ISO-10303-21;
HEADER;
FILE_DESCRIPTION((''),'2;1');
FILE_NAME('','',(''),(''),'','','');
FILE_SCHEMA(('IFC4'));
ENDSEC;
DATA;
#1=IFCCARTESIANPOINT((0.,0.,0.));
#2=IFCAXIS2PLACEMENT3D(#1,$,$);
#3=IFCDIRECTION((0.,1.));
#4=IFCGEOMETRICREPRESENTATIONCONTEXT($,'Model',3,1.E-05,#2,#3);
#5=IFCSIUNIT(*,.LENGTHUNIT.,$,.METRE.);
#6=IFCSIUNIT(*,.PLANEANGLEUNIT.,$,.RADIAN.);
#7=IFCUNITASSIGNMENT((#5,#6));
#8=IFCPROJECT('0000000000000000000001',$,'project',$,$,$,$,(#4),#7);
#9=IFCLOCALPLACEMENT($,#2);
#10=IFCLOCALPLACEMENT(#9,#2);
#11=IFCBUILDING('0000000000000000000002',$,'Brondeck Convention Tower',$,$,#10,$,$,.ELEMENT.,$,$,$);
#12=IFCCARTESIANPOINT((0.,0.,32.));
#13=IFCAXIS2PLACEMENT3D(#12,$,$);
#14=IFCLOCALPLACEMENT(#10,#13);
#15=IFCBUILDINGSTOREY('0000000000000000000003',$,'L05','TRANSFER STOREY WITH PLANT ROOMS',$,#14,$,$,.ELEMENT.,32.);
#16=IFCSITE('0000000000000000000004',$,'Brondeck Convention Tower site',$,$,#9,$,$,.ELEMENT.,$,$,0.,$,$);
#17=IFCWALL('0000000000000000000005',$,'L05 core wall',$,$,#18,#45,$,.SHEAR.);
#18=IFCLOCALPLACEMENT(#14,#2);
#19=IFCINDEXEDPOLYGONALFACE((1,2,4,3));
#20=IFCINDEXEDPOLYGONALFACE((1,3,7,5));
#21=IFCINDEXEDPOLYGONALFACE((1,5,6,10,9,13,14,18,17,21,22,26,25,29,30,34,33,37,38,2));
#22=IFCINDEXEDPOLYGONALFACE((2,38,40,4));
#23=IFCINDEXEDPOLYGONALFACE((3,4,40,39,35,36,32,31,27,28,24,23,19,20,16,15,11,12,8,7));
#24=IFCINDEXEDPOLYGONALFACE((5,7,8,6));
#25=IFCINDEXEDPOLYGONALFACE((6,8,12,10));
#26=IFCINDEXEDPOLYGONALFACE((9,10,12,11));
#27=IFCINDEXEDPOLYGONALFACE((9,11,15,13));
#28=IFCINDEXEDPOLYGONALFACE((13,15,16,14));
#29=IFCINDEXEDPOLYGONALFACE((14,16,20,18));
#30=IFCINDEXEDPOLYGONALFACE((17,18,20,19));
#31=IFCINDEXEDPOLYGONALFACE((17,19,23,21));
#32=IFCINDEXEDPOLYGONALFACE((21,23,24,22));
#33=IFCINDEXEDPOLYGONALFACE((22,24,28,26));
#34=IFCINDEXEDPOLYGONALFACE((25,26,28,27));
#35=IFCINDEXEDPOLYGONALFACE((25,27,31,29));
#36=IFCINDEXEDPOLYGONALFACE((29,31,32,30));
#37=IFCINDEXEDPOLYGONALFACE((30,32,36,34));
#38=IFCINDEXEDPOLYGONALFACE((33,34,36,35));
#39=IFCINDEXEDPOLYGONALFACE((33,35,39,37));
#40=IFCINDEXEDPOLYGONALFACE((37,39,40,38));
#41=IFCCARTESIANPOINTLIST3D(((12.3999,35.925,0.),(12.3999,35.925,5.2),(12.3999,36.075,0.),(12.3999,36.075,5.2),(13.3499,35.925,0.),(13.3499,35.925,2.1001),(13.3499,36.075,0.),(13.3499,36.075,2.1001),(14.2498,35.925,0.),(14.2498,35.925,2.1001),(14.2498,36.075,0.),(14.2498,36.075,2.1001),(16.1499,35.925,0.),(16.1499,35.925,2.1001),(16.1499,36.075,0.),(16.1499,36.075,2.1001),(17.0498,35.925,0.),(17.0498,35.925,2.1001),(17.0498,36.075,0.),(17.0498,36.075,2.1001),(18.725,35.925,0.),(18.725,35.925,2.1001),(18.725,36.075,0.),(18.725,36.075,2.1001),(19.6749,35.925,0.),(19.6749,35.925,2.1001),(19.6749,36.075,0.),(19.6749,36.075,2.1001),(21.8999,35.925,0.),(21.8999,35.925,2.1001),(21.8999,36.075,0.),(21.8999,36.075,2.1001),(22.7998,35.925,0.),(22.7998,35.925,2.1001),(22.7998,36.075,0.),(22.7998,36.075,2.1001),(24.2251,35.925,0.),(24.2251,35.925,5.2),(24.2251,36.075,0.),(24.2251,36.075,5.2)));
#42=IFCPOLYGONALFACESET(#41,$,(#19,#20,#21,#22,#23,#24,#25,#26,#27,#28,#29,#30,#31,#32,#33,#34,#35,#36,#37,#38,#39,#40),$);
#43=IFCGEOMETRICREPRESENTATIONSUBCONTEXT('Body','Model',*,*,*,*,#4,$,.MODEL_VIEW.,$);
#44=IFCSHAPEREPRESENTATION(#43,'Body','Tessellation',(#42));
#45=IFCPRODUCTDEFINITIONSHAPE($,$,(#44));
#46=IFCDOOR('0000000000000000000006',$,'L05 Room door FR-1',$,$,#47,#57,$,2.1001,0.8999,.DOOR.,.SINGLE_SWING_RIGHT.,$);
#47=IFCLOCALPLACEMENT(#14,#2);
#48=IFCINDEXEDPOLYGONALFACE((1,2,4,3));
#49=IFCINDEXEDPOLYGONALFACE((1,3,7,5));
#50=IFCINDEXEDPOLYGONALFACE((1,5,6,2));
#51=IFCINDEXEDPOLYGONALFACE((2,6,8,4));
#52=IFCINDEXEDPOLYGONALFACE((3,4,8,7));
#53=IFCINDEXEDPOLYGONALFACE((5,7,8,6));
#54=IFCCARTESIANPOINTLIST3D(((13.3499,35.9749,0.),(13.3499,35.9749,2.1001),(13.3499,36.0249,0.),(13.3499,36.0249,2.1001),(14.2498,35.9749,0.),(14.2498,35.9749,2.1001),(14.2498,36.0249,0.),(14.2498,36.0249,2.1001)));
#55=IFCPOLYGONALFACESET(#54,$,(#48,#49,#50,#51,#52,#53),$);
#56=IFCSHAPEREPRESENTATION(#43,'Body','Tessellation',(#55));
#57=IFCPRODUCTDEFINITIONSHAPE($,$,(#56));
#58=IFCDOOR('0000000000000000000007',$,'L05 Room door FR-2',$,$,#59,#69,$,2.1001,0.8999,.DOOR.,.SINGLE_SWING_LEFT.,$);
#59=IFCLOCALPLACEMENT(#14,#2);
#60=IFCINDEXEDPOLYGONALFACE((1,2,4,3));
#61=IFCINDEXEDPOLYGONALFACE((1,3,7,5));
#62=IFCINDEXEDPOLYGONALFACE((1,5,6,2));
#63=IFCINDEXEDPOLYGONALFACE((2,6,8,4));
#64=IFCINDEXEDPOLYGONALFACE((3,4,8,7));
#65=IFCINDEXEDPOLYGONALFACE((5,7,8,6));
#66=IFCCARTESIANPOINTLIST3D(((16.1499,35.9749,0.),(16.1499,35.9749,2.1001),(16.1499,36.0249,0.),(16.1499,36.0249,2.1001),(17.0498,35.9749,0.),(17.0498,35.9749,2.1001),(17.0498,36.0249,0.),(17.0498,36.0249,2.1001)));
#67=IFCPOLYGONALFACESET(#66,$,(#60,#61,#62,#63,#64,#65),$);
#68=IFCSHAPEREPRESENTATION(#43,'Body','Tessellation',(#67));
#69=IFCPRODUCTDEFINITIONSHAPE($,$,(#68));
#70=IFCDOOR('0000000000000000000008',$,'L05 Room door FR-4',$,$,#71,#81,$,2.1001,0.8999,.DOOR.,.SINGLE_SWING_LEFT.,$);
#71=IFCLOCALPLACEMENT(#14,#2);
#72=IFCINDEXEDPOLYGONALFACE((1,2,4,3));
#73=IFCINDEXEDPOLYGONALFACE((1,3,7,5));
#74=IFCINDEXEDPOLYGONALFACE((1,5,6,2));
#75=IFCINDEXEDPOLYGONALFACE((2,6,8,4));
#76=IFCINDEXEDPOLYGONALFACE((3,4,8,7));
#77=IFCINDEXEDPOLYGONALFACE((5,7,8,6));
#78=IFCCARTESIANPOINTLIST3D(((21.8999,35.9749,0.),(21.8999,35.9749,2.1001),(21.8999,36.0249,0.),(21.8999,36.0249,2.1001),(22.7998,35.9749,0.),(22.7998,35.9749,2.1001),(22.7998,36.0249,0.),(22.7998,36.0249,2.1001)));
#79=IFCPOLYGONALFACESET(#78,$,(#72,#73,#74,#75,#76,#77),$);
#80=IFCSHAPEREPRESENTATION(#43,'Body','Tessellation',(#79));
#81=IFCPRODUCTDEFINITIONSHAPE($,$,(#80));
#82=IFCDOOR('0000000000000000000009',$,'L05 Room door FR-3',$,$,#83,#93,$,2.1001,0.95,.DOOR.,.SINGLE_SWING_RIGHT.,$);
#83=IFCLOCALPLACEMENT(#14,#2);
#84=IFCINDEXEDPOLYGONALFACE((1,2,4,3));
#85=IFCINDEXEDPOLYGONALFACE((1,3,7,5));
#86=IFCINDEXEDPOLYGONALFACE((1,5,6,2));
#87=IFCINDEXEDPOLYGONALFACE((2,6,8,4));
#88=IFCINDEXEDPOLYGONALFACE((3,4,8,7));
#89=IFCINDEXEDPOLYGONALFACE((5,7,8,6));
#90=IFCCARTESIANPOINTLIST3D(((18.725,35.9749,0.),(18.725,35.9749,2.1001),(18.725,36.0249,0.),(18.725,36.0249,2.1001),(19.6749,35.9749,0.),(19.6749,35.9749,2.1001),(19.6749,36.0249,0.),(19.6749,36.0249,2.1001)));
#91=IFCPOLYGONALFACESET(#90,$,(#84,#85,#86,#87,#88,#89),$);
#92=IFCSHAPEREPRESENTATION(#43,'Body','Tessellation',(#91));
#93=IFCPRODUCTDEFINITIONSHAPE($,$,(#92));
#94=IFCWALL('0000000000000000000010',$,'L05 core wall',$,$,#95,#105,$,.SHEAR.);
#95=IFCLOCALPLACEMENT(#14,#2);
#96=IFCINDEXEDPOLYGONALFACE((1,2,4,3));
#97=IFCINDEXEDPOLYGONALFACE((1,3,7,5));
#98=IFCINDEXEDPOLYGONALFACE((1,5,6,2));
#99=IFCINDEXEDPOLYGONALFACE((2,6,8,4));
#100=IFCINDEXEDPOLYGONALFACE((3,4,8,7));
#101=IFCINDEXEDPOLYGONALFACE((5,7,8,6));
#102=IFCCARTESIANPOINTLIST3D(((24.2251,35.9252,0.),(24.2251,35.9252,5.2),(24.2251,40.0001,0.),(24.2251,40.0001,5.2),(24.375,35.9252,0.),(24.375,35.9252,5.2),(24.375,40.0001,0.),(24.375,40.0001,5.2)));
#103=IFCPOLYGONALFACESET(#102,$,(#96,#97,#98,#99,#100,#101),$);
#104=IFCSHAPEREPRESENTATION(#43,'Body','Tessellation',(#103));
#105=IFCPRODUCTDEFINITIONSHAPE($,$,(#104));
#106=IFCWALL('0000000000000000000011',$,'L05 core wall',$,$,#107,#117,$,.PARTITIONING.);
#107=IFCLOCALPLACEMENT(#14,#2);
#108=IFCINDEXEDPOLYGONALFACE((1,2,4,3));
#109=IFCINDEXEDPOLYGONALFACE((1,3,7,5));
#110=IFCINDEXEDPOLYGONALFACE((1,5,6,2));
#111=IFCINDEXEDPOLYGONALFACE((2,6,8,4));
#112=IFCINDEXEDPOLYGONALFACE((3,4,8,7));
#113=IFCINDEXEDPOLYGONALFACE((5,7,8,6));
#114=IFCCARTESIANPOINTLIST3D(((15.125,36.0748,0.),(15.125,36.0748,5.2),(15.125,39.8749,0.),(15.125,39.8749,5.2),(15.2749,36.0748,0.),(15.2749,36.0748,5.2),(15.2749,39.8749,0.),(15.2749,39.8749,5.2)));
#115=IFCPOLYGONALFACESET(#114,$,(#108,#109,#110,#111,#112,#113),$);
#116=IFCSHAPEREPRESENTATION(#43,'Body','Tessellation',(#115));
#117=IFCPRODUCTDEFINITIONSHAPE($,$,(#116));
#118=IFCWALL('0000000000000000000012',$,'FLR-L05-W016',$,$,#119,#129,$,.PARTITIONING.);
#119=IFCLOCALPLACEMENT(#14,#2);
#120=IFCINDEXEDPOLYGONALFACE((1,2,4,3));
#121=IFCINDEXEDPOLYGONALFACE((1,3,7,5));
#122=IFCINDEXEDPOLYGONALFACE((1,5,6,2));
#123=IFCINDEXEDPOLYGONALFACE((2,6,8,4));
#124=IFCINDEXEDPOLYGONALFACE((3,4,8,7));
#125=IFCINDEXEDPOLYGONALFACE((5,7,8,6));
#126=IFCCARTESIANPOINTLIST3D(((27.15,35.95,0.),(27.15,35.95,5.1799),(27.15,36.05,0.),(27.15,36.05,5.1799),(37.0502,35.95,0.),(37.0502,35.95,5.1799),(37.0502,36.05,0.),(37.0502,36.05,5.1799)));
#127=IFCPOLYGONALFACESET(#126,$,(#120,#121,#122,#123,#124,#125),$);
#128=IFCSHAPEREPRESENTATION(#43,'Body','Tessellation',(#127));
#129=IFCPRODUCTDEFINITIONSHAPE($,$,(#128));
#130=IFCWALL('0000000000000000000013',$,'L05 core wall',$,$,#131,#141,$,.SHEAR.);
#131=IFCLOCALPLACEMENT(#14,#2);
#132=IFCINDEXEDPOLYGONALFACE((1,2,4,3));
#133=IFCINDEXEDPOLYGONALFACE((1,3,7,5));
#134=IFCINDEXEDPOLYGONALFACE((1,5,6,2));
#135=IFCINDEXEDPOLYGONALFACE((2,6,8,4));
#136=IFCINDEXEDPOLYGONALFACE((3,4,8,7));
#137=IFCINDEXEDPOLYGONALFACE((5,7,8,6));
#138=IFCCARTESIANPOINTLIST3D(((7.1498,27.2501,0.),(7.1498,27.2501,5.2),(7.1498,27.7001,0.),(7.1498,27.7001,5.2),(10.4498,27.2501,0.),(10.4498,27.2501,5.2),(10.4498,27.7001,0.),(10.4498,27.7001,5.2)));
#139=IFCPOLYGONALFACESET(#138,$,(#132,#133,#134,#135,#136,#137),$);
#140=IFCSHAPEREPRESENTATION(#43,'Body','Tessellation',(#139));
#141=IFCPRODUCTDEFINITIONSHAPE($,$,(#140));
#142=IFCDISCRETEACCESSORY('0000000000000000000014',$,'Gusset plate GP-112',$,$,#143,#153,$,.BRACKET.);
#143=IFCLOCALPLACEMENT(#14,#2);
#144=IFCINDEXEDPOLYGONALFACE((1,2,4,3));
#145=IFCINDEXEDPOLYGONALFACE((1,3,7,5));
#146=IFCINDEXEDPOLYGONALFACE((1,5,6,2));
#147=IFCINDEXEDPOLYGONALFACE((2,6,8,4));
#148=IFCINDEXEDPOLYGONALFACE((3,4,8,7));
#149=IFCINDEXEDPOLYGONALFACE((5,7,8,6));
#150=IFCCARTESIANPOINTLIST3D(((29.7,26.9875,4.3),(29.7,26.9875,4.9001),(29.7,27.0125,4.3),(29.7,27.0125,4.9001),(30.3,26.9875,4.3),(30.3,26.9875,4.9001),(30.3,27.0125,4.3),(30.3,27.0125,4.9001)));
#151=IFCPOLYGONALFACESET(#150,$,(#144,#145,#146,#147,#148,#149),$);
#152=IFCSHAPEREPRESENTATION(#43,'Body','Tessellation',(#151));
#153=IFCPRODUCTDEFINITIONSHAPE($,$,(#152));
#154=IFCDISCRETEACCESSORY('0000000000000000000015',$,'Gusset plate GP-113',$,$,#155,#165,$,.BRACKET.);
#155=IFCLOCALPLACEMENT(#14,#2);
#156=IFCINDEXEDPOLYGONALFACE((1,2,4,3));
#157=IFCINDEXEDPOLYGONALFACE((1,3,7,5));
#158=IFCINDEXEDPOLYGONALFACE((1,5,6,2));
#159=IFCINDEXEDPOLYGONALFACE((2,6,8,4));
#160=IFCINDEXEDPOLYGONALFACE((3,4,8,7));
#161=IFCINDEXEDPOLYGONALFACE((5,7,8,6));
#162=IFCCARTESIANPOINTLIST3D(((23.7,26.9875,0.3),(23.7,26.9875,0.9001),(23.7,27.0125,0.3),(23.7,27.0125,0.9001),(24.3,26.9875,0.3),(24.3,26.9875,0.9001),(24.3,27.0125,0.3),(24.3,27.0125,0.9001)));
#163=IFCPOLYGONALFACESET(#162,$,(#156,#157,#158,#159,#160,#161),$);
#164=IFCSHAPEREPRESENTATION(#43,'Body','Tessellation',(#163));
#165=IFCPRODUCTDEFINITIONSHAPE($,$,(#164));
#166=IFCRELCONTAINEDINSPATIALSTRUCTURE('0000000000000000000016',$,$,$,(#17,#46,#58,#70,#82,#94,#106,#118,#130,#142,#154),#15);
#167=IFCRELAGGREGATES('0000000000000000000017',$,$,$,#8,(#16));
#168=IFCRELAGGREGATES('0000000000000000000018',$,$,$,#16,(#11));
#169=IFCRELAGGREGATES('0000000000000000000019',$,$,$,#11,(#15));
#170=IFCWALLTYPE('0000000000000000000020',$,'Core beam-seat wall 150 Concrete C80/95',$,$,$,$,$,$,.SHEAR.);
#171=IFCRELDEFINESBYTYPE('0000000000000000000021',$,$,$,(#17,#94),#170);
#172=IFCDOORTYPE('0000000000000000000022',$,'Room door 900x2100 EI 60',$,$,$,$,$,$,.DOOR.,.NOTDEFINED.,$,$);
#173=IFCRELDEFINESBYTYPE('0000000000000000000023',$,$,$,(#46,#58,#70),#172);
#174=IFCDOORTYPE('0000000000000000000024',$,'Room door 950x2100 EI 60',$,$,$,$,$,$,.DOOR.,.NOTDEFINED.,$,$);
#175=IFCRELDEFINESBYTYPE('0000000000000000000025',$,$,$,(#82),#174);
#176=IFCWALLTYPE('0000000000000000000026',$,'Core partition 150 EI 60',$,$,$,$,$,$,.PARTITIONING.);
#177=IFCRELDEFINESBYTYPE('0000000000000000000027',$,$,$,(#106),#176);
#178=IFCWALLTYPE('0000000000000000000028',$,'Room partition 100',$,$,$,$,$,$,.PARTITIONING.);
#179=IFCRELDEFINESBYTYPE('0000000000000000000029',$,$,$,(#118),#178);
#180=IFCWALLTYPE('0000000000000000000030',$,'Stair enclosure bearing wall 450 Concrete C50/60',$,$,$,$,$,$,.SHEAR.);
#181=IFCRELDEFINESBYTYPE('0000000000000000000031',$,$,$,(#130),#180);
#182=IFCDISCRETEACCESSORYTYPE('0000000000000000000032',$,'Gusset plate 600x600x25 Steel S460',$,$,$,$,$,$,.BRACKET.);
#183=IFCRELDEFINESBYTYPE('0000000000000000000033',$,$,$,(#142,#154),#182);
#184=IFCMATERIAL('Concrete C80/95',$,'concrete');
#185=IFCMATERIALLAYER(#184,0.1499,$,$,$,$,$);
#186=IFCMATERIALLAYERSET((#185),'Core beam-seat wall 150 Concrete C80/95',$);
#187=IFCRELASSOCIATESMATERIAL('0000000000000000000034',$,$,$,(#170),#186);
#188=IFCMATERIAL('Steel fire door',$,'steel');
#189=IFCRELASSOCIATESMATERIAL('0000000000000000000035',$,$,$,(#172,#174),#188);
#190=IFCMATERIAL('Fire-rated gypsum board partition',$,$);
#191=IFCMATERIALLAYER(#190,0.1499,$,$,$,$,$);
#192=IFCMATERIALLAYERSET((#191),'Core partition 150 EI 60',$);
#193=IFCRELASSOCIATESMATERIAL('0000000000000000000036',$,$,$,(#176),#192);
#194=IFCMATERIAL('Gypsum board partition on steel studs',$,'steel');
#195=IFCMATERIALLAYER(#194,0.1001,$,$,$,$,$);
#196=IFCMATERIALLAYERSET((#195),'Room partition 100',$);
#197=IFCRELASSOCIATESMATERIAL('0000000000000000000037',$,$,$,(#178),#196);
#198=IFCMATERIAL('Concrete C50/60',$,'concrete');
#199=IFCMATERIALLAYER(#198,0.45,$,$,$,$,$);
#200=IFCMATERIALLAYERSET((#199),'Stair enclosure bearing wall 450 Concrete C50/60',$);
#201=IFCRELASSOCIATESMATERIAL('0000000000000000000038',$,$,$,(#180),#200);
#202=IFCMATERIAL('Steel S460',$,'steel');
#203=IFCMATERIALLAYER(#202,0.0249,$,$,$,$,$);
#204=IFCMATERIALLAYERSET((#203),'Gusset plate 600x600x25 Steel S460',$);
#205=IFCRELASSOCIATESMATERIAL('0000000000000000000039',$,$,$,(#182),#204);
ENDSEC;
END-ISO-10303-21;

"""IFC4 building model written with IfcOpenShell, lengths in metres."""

from ifc_helpers import new_model, si_unit, direction, frame, frame_2d, origin, origin_2d, place, context, subcontext, project, spatial, rectangle, extrude, material, layer, layer_set, type_object, element, fill, save


model = new_model("IFC4")

# Units and contexts
model_context = context("Model", 3, precision=1e-05, world=origin(), true_north=direction((0.0, 1.0)))
body_context = subcontext(model_context, "Body", "Model", "MODEL_VIEW")
ifc_project = project(units=[si_unit("LENGTHUNIT", "METRE"), si_unit("PLANEANGLEUNIT", "RADIAN")], contexts=[model_context])

# Site, building, storey
site_placement = place(None, origin())
site = spatial("IfcSite", under=ifc_project, at=site_placement, Name="Brondeck Convention Tower site", CompositionType="ELEMENT", RefElevation=0.0)
building_placement = place(site_placement, origin())
building = spatial("IfcBuilding", under=site, at=building_placement, Name="Brondeck Convention Tower", CompositionType="ELEMENT")
storey_placement = place(building_placement, frame((0.0, 0.0, 32.0)))
storey = spatial("IfcBuildingStorey", under=building, at=storey_placement, Name="L05", Description="TRANSFER STOREY WITH PLANT ROOMS", CompositionType="ELEMENT", Elevation=32.0)

# Shared definitions
ifc_material_1 = material(Name="Steel S460", Category="steel")

# Shared definitions
ifc_material_2 = material(Name="Concrete C80/95", Category="concrete")

# Wall, openings, doors
ifc_layer_1 = layer(ifc_material_2, 0.1499)
ifc_layer_set_1 = layer_set([ifc_layer_1], Name="Core beam-seat wall 150 Concrete C80/95")
wall_type_1 = type_object("IfcWallType", Name="Core beam-seat wall 150 Concrete C80/95", PredefinedType="SHEAR", material=ifc_layer_set_1)
wall_1_placement = place(storey_placement, frame((12.3999, 36.0, 0.0), z_axis=(0.0, 0.0, 1.0), x_axis=(1.0, 0.0, 0.0)))
wall_1 = element("IfcWall", 1, at=wall_1_placement, inside=storey, type_object=wall_type_1, Name="L05 core wall", PredefinedType="SHEAR", context=body_context, shape_type="SweptSolid", body=[
    extrude(rectangle(XDim=11.8252, YDim=0.1499, at=frame_2d((5.9126, 0.0))), origin(), (0.0, 0.0, 1.0), 5.2),
])
opening_1_placement = place(wall_1_placement, frame((0.95, 0.0, 0.0)))
opening_1 = element("IfcOpeningElement", 2, at=opening_1_placement, cuts=wall_1, PredefinedType="OPENING", context=body_context, shape_type="SweptSolid", body=[
    extrude(rectangle(XDim=0.8999, YDim=2.1001, at=frame_2d((0.45, 1.05))), frame((0.0, 0.085, 0.0), z_axis=(0.0, -1.0, 0.0), x_axis=(1.0, 0.0, 0.0)), (0.0, 0.0, 1.0), 0.1699),
])
opening_2_placement = place(wall_1_placement, frame((3.75, 0.0, 0.0)))
opening_2 = element("IfcOpeningElement", 3, at=opening_2_placement, cuts=wall_1, PredefinedType="OPENING", context=body_context, shape_type="SweptSolid", body=[
    extrude(rectangle(XDim=0.8999, YDim=2.1001, at=frame_2d((0.45, 1.05))), frame((0.0, 0.085, 0.0), z_axis=(0.0, -1.0, 0.0), x_axis=(1.0, 0.0, 0.0)), (0.0, 0.0, 1.0), 0.1699),
])
opening_3_placement = place(wall_1_placement, frame((6.325, 0.0, 0.0)))
opening_3 = element("IfcOpeningElement", 4, at=opening_3_placement, cuts=wall_1, PredefinedType="OPENING", context=body_context, shape_type="SweptSolid", body=[
    extrude(rectangle(XDim=0.95, YDim=2.1001, at=frame_2d((0.4751, 1.05))), frame((0.0, 0.085, 0.0), z_axis=(0.0, -1.0, 0.0), x_axis=(1.0, 0.0, 0.0)), (0.0, 0.0, 1.0), 0.1699),
])
opening_4_placement = place(wall_1_placement, frame((9.5, 0.0, 0.0)))
opening_4 = element("IfcOpeningElement", 5, at=opening_4_placement, cuts=wall_1, PredefinedType="OPENING", context=body_context, shape_type="SweptSolid", body=[
    extrude(rectangle(XDim=0.8999, YDim=2.1001, at=frame_2d((0.45, 1.05))), frame((0.0, 0.085, 0.0), z_axis=(0.0, -1.0, 0.0), x_axis=(1.0, 0.0, 0.0)), (0.0, 0.0, 1.0), 0.1699),
])
ifc_material_3 = material(Name="Steel fire door", Category="steel")
door_type_1 = type_object("IfcDoorType", Name="Room door 900x2100 EI 60", OperationType="NOTDEFINED", PredefinedType="DOOR", material=ifc_material_3)
door_1_placement = place(opening_1_placement, origin())
door_1 = element("IfcDoor", 6, at=door_1_placement, inside=storey, type_object=door_type_1, Name="L05 Room door FR-1", OperationType="SINGLE_SWING_RIGHT", OverallHeight=2.1001, OverallWidth=0.8999, PredefinedType="DOOR", context=body_context, shape_type="SweptSolid", body=[
    extrude(rectangle(XDim=0.8999, YDim=2.1001, at=frame_2d((0.45, 1.05))), frame((0.0, 0.0249, 0.0), z_axis=(0.0, -1.0, 0.0), x_axis=(1.0, 0.0, 0.0)), (0.0, 0.0, 1.0), 0.05),
])
fill(opening_1, door_1)
door_2_placement = place(opening_2_placement, origin())
door_2 = element("IfcDoor", 7, at=door_2_placement, inside=storey, type_object=door_type_1, Name="L05 Room door FR-2", OperationType="SINGLE_SWING_LEFT", OverallHeight=2.1001, OverallWidth=0.8999, PredefinedType="DOOR", context=body_context, shape_type="SweptSolid", body=[
    extrude(rectangle(XDim=0.8999, YDim=2.1001, at=frame_2d((0.45, 1.05))), frame((0.0, 0.0249, 0.0), z_axis=(0.0, -1.0, 0.0), x_axis=(1.0, 0.0, 0.0)), (0.0, 0.0, 1.0), 0.05),
])
fill(opening_2, door_2)
door_3_placement = place(opening_4_placement, origin())
door_3 = element("IfcDoor", 8, at=door_3_placement, inside=storey, type_object=door_type_1, Name="L05 Room door FR-4", OperationType="SINGLE_SWING_LEFT", OverallHeight=2.1001, OverallWidth=0.8999, PredefinedType="DOOR", context=body_context, shape_type="SweptSolid", body=[
    extrude(rectangle(XDim=0.8999, YDim=2.1001, at=frame_2d((0.45, 1.05))), frame((0.0, 0.0249, 0.0), z_axis=(0.0, -1.0, 0.0), x_axis=(1.0, 0.0, 0.0)), (0.0, 0.0, 1.0), 0.05),
])
fill(opening_4, door_3)
door_type_2 = type_object("IfcDoorType", Name="Room door 950x2100 EI 60", OperationType="NOTDEFINED", PredefinedType="DOOR", material=ifc_material_3)
door_4_placement = place(opening_3_placement, origin())
door_4 = element("IfcDoor", 9, at=door_4_placement, inside=storey, type_object=door_type_2, Name="L05 Room door FR-3", OperationType="SINGLE_SWING_RIGHT", OverallHeight=2.1001, OverallWidth=0.95, PredefinedType="DOOR", context=body_context, shape_type="SweptSolid", body=[
    extrude(rectangle(XDim=0.95, YDim=2.1001, at=frame_2d((0.4751, 1.05))), frame((0.0, 0.0249, 0.0), z_axis=(0.0, -1.0, 0.0), x_axis=(1.0, 0.0, 0.0)), (0.0, 0.0, 1.0), 0.05),
])
fill(opening_3, door_4)

# Walls
wall_2_placement = place(storey_placement, frame((24.3, 35.925, 0.0), z_axis=(0.0, 0.0, 1.0), x_axis=(0.0, 1.0, 0.0)))
element("IfcWall", 10, at=wall_2_placement, inside=storey, type_object=wall_type_1, Name="L05 core wall", PredefinedType="SHEAR", context=body_context, shape_type="SweptSolid", body=[
    extrude(rectangle(XDim=4.075, YDim=0.1499, at=frame_2d((2.0376, 0.0))), origin(), (0.0, 0.0, 1.0), 5.2),
])
ifc_material_4 = material(Name="Fire-rated gypsum board partition")
ifc_layer_2 = layer(ifc_material_4, 0.1499)
ifc_layer_set_2 = layer_set([ifc_layer_2], Name="Core partition 150 EI 60")
wall_type_2 = type_object("IfcWallType", Name="Core partition 150 EI 60", PredefinedType="PARTITIONING", material=ifc_layer_set_2)
wall_3_placement = place(storey_placement, frame((15.2, 36.075, 0.0), z_axis=(0.0, 0.0, 1.0), x_axis=(0.0, 1.0, 0.0)))
element("IfcWall", 11, at=wall_3_placement, inside=storey, type_object=wall_type_2, Name="L05 core wall", PredefinedType="PARTITIONING", context=body_context, shape_type="SweptSolid", body=[
    extrude(rectangle(XDim=3.8, YDim=0.1499, at=frame_2d((1.8999, 0.0))), origin(), (0.0, 0.0, 1.0), 5.2),
])
ifc_material_5 = material(Name="Gypsum board partition on steel studs", Category="steel")
ifc_layer_3 = layer(ifc_material_5, 0.1001)
ifc_layer_set_3 = layer_set([ifc_layer_3], Name="Room partition 100")
wall_type_3 = type_object("IfcWallType", Name="Room partition 100", PredefinedType="PARTITIONING", material=ifc_layer_set_3)
wall_4_placement = place(storey_placement, frame((27.1499, 36.0, 0.0), z_axis=(0.0, 0.0, 1.0), x_axis=(1.0, 0.0, 0.0)))
element("IfcWall", 12, at=wall_4_placement, inside=storey, type_object=wall_type_3, Name="FLR-L05-W016", PredefinedType="PARTITIONING", context=body_context, shape_type="SweptSolid", body=[
    extrude(rectangle(XDim=9.9001, YDim=0.1001, at=frame_2d((4.9502, 0.0))), origin(), (0.0, 0.0, 1.0), 5.1799),
])
ifc_material_6 = material(Name="Concrete C50/60", Category="concrete")
ifc_layer_4 = layer(ifc_material_6, 0.45)
ifc_layer_set_4 = layer_set([ifc_layer_4], Name="Stair enclosure bearing wall 450 Concrete C50/60")
wall_type_4 = type_object("IfcWallType", Name="Stair enclosure bearing wall 450 Concrete C50/60", PredefinedType="SHEAR", material=ifc_layer_set_4)
wall_5_placement = place(storey_placement, frame((7.1499, 27.4751, 0.0), z_axis=(0.0, 0.0, 1.0), x_axis=(1.0, 0.0, 0.0)))
element("IfcWall", 13, at=wall_5_placement, inside=storey, type_object=wall_type_4, Name="L05 core wall", PredefinedType="SHEAR", context=body_context, shape_type="SweptSolid", body=[
    extrude(rectangle(XDim=3.3, YDim=0.45, at=frame_2d((1.6499, 0.0))), origin(), (0.0, 0.0, 1.0), 5.2),
])

# Discrete accessories
ifc_layer_5 = layer(ifc_material_1, 0.0249)
ifc_layer_set_5 = layer_set([ifc_layer_5], Name="Gusset plate 600x600x25 Steel S460")
discrete_accessory_type = type_object("IfcDiscreteAccessoryType", Name="Gusset plate 600x600x25 Steel S460", PredefinedType="BRACKET", material=ifc_layer_set_5)
for number, where, z_axis, x_axis, name in (
    (14, (30.0, 27.0, 4.3), (0.0, 0.0, 1.0), (1.0, 0.0, 0.0), "Gusset plate GP-112"),
    (15, (24.0, 27.0, 0.3), (0.0, 0.0, 1.0), (1.0, 0.0, 0.0), "Gusset plate GP-113"),
):
    element("IfcDiscreteAccessory", number, at=place(storey_placement, frame(where, z_axis=z_axis, x_axis=x_axis)), inside=storey, type_object=discrete_accessory_type, Name=name, PredefinedType="BRACKET", context=body_context, shape_type="SweptSolid", body=[
        extrude(rectangle(XDim=0.6001, YDim=0.0249, at=origin_2d()), origin(), (0.0, 0.0, 1.0), 0.6001),
    ])

save(model, "model.ifc")
